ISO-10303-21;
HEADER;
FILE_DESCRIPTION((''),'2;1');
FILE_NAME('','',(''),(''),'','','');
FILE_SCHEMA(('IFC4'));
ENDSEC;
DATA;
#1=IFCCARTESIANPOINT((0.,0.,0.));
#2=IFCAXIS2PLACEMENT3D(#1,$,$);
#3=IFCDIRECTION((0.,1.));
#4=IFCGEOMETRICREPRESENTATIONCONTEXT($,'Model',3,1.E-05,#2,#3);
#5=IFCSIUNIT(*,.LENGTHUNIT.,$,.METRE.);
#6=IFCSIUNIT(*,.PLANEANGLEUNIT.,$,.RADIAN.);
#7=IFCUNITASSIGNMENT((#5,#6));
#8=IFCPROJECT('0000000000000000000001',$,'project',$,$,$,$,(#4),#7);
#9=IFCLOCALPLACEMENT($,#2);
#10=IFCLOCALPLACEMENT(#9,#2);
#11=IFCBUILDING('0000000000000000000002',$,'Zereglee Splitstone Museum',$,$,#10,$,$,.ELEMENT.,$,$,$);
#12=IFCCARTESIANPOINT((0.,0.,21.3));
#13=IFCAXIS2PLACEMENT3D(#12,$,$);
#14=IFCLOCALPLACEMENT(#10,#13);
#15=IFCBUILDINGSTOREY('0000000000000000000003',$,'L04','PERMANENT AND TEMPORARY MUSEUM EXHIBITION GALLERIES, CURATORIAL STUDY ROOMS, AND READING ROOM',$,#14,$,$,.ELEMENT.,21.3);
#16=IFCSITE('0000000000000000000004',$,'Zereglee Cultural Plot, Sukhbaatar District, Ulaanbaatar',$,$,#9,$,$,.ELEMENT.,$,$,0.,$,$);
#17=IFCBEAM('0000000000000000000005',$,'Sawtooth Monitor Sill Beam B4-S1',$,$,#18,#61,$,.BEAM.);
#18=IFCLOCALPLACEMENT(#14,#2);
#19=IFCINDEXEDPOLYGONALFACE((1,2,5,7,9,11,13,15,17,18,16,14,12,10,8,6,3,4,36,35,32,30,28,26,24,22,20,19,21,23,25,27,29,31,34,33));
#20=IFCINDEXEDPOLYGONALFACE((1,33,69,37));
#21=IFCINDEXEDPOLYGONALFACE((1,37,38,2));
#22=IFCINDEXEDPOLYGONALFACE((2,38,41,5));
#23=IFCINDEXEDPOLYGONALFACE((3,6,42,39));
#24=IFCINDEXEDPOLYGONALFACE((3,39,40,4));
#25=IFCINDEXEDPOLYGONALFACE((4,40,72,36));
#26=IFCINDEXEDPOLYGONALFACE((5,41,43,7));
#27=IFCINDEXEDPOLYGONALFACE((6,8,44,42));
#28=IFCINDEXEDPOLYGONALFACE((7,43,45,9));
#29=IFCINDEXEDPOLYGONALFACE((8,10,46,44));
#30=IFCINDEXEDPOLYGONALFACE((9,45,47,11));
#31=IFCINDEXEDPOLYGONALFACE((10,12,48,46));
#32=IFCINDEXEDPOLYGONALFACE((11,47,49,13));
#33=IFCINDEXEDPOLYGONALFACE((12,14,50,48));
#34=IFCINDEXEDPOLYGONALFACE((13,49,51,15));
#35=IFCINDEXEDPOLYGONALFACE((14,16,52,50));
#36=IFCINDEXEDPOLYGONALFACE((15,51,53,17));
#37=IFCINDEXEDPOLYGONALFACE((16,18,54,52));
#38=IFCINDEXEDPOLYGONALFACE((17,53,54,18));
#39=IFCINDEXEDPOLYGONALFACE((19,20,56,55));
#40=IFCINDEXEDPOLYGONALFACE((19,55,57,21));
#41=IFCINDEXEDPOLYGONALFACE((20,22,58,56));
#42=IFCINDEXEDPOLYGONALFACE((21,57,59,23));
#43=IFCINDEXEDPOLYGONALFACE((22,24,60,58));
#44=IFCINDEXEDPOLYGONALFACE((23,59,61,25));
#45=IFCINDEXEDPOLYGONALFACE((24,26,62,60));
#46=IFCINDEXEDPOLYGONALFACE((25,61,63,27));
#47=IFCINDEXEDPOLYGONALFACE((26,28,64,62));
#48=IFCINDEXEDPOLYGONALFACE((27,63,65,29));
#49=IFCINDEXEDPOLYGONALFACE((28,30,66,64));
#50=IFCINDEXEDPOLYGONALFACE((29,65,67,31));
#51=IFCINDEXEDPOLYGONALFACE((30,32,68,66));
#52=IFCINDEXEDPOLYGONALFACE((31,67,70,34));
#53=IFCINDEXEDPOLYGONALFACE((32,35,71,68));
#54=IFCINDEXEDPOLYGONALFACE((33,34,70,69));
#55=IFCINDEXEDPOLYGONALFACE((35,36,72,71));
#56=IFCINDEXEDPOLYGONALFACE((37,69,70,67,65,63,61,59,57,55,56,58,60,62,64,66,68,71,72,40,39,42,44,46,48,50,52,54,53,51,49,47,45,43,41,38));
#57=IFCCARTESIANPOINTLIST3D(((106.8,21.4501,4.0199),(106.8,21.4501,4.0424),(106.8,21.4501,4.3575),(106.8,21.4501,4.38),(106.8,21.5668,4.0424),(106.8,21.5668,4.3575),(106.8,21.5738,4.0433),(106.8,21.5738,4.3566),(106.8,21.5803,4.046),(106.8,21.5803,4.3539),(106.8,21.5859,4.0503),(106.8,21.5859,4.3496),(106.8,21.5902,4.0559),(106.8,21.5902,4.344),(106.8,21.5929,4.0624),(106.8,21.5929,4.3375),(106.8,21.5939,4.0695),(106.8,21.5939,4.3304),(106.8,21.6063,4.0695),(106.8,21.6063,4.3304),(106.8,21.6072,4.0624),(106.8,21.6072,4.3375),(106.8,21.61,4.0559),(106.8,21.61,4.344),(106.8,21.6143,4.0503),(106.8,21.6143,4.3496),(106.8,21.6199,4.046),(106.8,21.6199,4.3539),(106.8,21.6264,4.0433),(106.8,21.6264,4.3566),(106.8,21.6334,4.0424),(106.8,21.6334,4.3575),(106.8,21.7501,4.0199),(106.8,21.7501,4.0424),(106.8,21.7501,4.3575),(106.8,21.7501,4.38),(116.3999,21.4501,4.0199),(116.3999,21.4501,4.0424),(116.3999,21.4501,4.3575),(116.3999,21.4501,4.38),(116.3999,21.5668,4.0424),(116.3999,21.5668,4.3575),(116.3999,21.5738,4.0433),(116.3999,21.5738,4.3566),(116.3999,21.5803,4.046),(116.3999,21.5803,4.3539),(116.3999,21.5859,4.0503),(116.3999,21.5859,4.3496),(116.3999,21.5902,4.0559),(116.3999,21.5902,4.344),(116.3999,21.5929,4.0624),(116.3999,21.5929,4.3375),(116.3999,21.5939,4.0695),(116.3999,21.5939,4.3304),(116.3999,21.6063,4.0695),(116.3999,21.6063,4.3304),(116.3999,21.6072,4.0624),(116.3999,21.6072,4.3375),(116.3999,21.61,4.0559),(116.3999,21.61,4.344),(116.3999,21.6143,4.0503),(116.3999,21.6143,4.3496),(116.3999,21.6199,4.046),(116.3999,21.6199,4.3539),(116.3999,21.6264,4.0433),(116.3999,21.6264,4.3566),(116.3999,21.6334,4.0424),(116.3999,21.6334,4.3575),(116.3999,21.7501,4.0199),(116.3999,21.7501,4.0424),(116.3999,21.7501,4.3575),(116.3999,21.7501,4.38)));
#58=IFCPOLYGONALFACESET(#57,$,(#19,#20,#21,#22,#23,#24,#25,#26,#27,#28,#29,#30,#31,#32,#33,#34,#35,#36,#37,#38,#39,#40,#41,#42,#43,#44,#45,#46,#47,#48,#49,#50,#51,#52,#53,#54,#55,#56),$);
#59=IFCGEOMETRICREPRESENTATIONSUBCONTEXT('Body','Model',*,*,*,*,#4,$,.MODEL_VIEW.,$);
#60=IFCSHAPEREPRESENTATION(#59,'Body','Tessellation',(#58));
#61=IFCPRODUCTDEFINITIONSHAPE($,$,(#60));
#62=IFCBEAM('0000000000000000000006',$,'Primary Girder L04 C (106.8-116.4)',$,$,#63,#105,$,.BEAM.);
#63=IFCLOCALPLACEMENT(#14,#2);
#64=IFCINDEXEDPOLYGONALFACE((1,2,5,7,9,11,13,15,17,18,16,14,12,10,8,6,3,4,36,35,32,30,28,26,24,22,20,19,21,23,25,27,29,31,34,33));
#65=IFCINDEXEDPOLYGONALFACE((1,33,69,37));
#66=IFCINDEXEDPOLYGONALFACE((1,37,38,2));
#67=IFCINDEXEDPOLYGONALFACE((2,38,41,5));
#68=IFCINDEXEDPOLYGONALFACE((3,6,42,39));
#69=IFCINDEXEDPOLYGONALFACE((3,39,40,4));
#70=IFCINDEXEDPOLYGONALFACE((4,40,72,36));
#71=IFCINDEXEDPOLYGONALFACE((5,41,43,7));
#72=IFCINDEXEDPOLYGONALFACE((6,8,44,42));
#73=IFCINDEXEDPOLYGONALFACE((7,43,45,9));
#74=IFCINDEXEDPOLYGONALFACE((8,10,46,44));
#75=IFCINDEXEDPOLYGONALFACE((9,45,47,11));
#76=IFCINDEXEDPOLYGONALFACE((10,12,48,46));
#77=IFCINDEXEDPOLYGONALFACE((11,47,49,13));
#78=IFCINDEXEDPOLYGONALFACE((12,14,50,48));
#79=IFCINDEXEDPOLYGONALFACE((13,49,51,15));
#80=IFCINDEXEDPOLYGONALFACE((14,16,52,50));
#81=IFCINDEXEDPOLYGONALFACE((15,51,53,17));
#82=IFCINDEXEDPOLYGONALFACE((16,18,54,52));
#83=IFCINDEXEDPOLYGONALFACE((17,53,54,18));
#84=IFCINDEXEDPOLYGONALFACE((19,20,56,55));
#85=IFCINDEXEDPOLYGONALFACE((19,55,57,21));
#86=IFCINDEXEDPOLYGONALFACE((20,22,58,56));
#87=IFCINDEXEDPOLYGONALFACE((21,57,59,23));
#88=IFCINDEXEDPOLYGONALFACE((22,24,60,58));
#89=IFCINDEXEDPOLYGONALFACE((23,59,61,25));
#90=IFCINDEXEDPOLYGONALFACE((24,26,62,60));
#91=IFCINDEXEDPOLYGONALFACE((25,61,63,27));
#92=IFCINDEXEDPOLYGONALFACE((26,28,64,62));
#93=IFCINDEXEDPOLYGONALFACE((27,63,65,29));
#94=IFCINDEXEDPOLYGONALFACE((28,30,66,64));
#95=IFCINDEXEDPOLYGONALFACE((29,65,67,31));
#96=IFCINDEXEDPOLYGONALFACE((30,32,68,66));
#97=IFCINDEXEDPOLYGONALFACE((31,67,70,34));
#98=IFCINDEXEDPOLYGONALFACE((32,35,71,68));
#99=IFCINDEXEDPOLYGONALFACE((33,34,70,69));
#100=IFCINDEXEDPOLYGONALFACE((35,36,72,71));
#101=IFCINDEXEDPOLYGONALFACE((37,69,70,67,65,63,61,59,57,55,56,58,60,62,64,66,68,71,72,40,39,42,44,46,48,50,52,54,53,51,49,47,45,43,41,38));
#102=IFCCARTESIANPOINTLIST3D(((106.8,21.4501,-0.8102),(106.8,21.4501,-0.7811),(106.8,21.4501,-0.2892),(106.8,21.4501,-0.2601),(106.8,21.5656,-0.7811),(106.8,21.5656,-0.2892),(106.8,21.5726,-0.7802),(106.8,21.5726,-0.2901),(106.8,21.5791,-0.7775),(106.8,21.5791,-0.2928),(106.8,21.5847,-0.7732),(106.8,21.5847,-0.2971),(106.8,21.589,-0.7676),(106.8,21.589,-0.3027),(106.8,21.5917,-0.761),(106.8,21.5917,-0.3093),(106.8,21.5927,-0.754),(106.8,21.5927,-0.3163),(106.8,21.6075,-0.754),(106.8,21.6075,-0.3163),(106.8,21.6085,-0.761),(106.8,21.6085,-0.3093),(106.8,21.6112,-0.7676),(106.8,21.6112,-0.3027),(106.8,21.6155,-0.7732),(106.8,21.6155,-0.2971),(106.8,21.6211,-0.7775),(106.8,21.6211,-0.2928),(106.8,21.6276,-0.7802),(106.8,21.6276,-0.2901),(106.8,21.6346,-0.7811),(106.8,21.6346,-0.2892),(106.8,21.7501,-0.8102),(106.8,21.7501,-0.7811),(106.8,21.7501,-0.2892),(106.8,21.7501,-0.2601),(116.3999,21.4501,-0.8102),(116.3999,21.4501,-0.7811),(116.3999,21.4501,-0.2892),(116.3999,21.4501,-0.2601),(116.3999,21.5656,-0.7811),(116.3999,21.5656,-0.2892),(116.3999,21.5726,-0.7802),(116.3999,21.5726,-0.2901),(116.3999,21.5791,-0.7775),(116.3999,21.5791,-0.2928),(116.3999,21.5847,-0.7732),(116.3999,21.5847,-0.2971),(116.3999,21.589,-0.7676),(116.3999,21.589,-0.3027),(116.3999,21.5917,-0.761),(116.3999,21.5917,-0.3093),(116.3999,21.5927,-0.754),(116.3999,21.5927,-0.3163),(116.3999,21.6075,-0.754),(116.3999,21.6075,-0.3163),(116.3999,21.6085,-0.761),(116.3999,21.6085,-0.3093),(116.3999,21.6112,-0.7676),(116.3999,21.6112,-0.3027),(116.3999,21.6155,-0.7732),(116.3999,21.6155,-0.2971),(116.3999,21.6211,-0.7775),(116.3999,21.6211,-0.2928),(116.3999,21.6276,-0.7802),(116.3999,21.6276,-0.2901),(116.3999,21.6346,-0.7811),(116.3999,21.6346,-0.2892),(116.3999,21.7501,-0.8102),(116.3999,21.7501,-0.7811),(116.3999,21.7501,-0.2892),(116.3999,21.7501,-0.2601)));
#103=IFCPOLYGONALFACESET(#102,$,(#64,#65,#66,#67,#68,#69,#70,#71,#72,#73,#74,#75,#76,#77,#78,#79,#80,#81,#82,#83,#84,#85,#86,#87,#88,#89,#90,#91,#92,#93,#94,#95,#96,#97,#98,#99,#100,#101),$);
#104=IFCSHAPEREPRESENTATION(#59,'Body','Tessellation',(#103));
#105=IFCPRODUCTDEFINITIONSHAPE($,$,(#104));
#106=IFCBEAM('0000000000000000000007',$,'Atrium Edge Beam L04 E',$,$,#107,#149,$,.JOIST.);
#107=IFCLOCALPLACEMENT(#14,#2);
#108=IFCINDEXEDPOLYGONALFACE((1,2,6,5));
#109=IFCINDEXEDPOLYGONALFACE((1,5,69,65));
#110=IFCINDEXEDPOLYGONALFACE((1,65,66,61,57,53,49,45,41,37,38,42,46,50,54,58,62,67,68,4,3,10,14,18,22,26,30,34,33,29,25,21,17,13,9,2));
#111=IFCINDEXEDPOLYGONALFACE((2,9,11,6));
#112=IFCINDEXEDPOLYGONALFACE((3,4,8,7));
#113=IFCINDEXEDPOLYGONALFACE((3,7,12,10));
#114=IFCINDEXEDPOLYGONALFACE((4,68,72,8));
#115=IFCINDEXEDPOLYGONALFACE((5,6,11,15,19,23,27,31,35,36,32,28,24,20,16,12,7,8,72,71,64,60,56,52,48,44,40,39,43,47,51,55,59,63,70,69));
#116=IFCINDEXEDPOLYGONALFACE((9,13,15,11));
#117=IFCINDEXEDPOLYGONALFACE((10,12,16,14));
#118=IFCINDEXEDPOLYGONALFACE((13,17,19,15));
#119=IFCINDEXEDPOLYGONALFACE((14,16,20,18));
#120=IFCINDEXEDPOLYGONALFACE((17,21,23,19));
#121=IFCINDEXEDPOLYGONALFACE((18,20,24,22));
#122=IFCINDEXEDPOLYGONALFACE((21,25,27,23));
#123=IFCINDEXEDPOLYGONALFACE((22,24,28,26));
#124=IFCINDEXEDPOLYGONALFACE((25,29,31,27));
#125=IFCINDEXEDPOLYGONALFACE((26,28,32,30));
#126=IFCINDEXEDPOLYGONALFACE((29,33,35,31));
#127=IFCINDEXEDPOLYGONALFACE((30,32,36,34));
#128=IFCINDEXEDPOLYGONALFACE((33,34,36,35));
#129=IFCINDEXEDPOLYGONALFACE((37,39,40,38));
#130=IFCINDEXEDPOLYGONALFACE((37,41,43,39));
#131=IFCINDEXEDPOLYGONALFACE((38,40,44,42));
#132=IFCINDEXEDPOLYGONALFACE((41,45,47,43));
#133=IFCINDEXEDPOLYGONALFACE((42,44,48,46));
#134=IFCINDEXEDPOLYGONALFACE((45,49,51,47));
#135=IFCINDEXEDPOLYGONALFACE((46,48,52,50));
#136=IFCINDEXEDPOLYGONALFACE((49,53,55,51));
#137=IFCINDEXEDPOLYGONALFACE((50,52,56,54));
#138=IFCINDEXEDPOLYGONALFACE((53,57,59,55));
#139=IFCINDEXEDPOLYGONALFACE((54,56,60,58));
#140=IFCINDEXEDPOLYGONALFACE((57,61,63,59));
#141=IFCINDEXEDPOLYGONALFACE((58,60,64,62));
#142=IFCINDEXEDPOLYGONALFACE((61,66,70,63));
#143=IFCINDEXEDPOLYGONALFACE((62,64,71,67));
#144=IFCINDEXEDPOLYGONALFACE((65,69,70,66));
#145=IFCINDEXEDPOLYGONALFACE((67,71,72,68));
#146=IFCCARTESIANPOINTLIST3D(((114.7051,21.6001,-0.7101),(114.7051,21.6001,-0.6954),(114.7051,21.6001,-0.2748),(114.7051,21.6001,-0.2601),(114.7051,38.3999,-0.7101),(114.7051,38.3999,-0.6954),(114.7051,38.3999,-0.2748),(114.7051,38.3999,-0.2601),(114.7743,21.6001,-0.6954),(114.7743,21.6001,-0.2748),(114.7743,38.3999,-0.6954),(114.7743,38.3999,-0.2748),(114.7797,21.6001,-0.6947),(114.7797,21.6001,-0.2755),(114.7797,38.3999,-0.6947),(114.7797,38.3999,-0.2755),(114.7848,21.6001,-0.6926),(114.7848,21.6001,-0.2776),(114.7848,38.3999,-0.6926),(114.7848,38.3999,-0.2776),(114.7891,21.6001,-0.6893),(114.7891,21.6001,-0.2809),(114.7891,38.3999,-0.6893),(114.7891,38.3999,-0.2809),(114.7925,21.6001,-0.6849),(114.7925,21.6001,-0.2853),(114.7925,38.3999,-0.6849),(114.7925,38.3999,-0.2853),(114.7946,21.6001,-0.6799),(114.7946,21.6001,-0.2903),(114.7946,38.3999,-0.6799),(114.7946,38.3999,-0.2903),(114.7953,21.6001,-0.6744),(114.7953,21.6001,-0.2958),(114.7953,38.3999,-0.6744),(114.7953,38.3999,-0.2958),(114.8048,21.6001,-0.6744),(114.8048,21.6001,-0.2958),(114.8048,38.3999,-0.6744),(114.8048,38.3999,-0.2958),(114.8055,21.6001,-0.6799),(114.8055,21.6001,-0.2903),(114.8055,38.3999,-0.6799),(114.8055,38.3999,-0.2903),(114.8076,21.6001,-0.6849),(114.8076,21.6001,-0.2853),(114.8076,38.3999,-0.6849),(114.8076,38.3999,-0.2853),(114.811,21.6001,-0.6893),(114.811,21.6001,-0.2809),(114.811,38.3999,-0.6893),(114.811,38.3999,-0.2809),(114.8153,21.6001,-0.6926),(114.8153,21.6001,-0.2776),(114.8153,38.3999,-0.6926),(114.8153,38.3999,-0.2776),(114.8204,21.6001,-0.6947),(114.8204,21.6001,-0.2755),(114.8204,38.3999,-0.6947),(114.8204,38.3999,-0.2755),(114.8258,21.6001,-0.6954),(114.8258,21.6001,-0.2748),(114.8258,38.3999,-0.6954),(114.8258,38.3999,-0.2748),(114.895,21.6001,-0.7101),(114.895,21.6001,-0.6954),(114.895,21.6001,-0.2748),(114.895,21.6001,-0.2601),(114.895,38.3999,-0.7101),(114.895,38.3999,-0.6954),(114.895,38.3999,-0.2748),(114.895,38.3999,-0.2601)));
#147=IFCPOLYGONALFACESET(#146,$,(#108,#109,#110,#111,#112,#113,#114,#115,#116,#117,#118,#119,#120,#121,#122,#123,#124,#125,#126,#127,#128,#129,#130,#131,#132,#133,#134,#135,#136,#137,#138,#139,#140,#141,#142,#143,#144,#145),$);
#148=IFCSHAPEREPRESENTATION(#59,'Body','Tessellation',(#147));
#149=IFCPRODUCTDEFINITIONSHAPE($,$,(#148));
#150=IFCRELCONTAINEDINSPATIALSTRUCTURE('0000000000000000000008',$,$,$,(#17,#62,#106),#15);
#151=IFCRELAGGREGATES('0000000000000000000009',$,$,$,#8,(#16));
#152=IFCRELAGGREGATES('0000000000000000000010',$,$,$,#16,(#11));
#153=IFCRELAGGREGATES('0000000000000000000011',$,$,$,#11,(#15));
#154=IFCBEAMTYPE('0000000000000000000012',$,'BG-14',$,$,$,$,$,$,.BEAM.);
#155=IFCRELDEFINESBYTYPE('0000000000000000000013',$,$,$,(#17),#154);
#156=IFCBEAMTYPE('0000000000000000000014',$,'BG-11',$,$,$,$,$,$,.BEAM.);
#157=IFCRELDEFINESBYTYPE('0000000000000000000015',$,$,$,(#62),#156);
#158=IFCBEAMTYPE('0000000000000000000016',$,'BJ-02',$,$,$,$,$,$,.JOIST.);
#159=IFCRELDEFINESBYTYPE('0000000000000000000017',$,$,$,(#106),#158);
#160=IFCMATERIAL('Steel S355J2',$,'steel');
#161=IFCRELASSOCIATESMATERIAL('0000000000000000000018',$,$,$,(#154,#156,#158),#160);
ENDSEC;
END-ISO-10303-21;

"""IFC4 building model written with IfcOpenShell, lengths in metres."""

from ifc_helpers import new_model, si_unit, direction, frame, origin, origin_2d, place, context, subcontext, project, spatial, i_section, extrude, material, material_profile, profile_set, type_object, element, save


model = new_model("IFC4")

# Units and contexts
model_context = context("Model", 3, precision=1e-05, world=origin(), true_north=direction((0.0, 1.0)))
body_context = subcontext(model_context, "Body", "Model", "MODEL_VIEW")
ifc_project = project(units=[si_unit("LENGTHUNIT", "METRE"), si_unit("PLANEANGLEUNIT", "RADIAN")], contexts=[model_context])

# Site, building, storey
site_placement = place(None, origin())
site = spatial("IfcSite", under=ifc_project, at=site_placement, Name="Zereglee Cultural Plot, Sukhbaatar District, Ulaanbaatar", CompositionType="ELEMENT", RefElevation=0.0)
building_placement = place(site_placement, origin())
building = spatial("IfcBuilding", under=site, at=building_placement, Name="Zereglee Splitstone Museum", CompositionType="ELEMENT")
storey_placement = place(building_placement, frame((0.0, 0.0, 21.3)))
storey = spatial("IfcBuildingStorey", under=building, at=storey_placement, Name="L04", Description="PERMANENT AND TEMPORARY MUSEUM EXHIBITION GALLERIES, CURATORIAL STUDY ROOMS, AND READING ROOM", CompositionType="ELEMENT", Elevation=21.3)

# Shared definitions
ifc_material_1 = material(Name="Steel S355J2", Category="steel")

# Beams
ifc_material_profile_1 = material_profile(ifc_material_1, i_section(OverallWidth=0.3, OverallDepth=0.3601, WebThickness=0.0125, FlangeThickness=0.0225, FilletRadius=0.0271, at=origin_2d()), Name="HE 360 B")
ifc_profile_set_1 = profile_set([ifc_material_profile_1], Name="Steel S355J2")
beam_type_1 = type_object("IfcBeamType", Name="BG-14", PredefinedType="BEAM", material=ifc_profile_set_1)
beam_1_placement = place(storey_placement, frame((106.8, 21.6001, 4.2), z_axis=(1.0, 0.0, 0.0), x_axis=(0.0, 1.0, 0.0)))
element("IfcBeam", 1, at=beam_1_placement, inside=storey, type_object=beam_type_1, Name="Sawtooth Monitor Sill Beam B4-S1", PredefinedType="BEAM", context=body_context, shape_type="SweptSolid", body=[
    extrude(i_section(OverallWidth=0.3, OverallDepth=0.3601, WebThickness=0.0125, FlangeThickness=0.0225, FilletRadius=0.0271, at=origin_2d()), origin(), (0.0, 0.0, 1.0), 9.5999),
])
ifc_material_profile_2 = material_profile(ifc_material_1, i_section(OverallWidth=0.3, OverallDepth=0.55, WebThickness=0.0149, FlangeThickness=0.0291, FilletRadius=0.0271, at=origin_2d()), Name="HE 550 B")
ifc_profile_set_2 = profile_set([ifc_material_profile_2], Name="Steel S355J2")
beam_type_2 = type_object("IfcBeamType", Name="BG-11", PredefinedType="BEAM", material=ifc_profile_set_2)
beam_2_placement = place(storey_placement, frame((106.8, 21.6001, -0.5352), z_axis=(1.0, 0.0, 0.0), x_axis=(0.0, 1.0, 0.0)))
element("IfcBeam", 2, at=beam_2_placement, inside=storey, type_object=beam_type_2, Name="Primary Girder L04 C (106.8-116.4)", PredefinedType="BEAM", context=body_context, shape_type="SweptSolid", body=[
    extrude(i_section(OverallWidth=0.3, OverallDepth=0.55, WebThickness=0.0149, FlangeThickness=0.0291, FilletRadius=0.0271, at=origin_2d()), origin(), (0.0, 0.0, 1.0), 9.5999),
])
ifc_material_profile_3 = material_profile(ifc_material_1, i_section(OverallWidth=0.1899, OverallDepth=0.45, WebThickness=0.0095, FlangeThickness=0.0146, FilletRadius=0.021, at=origin_2d()), Name="IPE 450")
ifc_profile_set_3 = profile_set([ifc_material_profile_3], Name="Steel S355J2")
beam_type_3 = type_object("IfcBeamType", Name="BJ-02", PredefinedType="JOIST", material=ifc_profile_set_3)
beam_3_placement = place(storey_placement, frame((114.8, 21.6001, -0.4851), z_axis=(0.0, 1.0, 0.0), x_axis=(-1.0, 0.0, 0.0)))
element("IfcBeam", 3, at=beam_3_placement, inside=storey, type_object=beam_type_3, Name="Atrium Edge Beam L04 E", PredefinedType="JOIST", context=body_context, shape_type="SweptSolid", body=[
    extrude(i_section(OverallWidth=0.1899, OverallDepth=0.45, WebThickness=0.0095, FlangeThickness=0.0146, FilletRadius=0.021, at=origin_2d()), origin(), (0.0, 0.0, 1.0), 16.7998),
])

save(model, "model.ifc")
